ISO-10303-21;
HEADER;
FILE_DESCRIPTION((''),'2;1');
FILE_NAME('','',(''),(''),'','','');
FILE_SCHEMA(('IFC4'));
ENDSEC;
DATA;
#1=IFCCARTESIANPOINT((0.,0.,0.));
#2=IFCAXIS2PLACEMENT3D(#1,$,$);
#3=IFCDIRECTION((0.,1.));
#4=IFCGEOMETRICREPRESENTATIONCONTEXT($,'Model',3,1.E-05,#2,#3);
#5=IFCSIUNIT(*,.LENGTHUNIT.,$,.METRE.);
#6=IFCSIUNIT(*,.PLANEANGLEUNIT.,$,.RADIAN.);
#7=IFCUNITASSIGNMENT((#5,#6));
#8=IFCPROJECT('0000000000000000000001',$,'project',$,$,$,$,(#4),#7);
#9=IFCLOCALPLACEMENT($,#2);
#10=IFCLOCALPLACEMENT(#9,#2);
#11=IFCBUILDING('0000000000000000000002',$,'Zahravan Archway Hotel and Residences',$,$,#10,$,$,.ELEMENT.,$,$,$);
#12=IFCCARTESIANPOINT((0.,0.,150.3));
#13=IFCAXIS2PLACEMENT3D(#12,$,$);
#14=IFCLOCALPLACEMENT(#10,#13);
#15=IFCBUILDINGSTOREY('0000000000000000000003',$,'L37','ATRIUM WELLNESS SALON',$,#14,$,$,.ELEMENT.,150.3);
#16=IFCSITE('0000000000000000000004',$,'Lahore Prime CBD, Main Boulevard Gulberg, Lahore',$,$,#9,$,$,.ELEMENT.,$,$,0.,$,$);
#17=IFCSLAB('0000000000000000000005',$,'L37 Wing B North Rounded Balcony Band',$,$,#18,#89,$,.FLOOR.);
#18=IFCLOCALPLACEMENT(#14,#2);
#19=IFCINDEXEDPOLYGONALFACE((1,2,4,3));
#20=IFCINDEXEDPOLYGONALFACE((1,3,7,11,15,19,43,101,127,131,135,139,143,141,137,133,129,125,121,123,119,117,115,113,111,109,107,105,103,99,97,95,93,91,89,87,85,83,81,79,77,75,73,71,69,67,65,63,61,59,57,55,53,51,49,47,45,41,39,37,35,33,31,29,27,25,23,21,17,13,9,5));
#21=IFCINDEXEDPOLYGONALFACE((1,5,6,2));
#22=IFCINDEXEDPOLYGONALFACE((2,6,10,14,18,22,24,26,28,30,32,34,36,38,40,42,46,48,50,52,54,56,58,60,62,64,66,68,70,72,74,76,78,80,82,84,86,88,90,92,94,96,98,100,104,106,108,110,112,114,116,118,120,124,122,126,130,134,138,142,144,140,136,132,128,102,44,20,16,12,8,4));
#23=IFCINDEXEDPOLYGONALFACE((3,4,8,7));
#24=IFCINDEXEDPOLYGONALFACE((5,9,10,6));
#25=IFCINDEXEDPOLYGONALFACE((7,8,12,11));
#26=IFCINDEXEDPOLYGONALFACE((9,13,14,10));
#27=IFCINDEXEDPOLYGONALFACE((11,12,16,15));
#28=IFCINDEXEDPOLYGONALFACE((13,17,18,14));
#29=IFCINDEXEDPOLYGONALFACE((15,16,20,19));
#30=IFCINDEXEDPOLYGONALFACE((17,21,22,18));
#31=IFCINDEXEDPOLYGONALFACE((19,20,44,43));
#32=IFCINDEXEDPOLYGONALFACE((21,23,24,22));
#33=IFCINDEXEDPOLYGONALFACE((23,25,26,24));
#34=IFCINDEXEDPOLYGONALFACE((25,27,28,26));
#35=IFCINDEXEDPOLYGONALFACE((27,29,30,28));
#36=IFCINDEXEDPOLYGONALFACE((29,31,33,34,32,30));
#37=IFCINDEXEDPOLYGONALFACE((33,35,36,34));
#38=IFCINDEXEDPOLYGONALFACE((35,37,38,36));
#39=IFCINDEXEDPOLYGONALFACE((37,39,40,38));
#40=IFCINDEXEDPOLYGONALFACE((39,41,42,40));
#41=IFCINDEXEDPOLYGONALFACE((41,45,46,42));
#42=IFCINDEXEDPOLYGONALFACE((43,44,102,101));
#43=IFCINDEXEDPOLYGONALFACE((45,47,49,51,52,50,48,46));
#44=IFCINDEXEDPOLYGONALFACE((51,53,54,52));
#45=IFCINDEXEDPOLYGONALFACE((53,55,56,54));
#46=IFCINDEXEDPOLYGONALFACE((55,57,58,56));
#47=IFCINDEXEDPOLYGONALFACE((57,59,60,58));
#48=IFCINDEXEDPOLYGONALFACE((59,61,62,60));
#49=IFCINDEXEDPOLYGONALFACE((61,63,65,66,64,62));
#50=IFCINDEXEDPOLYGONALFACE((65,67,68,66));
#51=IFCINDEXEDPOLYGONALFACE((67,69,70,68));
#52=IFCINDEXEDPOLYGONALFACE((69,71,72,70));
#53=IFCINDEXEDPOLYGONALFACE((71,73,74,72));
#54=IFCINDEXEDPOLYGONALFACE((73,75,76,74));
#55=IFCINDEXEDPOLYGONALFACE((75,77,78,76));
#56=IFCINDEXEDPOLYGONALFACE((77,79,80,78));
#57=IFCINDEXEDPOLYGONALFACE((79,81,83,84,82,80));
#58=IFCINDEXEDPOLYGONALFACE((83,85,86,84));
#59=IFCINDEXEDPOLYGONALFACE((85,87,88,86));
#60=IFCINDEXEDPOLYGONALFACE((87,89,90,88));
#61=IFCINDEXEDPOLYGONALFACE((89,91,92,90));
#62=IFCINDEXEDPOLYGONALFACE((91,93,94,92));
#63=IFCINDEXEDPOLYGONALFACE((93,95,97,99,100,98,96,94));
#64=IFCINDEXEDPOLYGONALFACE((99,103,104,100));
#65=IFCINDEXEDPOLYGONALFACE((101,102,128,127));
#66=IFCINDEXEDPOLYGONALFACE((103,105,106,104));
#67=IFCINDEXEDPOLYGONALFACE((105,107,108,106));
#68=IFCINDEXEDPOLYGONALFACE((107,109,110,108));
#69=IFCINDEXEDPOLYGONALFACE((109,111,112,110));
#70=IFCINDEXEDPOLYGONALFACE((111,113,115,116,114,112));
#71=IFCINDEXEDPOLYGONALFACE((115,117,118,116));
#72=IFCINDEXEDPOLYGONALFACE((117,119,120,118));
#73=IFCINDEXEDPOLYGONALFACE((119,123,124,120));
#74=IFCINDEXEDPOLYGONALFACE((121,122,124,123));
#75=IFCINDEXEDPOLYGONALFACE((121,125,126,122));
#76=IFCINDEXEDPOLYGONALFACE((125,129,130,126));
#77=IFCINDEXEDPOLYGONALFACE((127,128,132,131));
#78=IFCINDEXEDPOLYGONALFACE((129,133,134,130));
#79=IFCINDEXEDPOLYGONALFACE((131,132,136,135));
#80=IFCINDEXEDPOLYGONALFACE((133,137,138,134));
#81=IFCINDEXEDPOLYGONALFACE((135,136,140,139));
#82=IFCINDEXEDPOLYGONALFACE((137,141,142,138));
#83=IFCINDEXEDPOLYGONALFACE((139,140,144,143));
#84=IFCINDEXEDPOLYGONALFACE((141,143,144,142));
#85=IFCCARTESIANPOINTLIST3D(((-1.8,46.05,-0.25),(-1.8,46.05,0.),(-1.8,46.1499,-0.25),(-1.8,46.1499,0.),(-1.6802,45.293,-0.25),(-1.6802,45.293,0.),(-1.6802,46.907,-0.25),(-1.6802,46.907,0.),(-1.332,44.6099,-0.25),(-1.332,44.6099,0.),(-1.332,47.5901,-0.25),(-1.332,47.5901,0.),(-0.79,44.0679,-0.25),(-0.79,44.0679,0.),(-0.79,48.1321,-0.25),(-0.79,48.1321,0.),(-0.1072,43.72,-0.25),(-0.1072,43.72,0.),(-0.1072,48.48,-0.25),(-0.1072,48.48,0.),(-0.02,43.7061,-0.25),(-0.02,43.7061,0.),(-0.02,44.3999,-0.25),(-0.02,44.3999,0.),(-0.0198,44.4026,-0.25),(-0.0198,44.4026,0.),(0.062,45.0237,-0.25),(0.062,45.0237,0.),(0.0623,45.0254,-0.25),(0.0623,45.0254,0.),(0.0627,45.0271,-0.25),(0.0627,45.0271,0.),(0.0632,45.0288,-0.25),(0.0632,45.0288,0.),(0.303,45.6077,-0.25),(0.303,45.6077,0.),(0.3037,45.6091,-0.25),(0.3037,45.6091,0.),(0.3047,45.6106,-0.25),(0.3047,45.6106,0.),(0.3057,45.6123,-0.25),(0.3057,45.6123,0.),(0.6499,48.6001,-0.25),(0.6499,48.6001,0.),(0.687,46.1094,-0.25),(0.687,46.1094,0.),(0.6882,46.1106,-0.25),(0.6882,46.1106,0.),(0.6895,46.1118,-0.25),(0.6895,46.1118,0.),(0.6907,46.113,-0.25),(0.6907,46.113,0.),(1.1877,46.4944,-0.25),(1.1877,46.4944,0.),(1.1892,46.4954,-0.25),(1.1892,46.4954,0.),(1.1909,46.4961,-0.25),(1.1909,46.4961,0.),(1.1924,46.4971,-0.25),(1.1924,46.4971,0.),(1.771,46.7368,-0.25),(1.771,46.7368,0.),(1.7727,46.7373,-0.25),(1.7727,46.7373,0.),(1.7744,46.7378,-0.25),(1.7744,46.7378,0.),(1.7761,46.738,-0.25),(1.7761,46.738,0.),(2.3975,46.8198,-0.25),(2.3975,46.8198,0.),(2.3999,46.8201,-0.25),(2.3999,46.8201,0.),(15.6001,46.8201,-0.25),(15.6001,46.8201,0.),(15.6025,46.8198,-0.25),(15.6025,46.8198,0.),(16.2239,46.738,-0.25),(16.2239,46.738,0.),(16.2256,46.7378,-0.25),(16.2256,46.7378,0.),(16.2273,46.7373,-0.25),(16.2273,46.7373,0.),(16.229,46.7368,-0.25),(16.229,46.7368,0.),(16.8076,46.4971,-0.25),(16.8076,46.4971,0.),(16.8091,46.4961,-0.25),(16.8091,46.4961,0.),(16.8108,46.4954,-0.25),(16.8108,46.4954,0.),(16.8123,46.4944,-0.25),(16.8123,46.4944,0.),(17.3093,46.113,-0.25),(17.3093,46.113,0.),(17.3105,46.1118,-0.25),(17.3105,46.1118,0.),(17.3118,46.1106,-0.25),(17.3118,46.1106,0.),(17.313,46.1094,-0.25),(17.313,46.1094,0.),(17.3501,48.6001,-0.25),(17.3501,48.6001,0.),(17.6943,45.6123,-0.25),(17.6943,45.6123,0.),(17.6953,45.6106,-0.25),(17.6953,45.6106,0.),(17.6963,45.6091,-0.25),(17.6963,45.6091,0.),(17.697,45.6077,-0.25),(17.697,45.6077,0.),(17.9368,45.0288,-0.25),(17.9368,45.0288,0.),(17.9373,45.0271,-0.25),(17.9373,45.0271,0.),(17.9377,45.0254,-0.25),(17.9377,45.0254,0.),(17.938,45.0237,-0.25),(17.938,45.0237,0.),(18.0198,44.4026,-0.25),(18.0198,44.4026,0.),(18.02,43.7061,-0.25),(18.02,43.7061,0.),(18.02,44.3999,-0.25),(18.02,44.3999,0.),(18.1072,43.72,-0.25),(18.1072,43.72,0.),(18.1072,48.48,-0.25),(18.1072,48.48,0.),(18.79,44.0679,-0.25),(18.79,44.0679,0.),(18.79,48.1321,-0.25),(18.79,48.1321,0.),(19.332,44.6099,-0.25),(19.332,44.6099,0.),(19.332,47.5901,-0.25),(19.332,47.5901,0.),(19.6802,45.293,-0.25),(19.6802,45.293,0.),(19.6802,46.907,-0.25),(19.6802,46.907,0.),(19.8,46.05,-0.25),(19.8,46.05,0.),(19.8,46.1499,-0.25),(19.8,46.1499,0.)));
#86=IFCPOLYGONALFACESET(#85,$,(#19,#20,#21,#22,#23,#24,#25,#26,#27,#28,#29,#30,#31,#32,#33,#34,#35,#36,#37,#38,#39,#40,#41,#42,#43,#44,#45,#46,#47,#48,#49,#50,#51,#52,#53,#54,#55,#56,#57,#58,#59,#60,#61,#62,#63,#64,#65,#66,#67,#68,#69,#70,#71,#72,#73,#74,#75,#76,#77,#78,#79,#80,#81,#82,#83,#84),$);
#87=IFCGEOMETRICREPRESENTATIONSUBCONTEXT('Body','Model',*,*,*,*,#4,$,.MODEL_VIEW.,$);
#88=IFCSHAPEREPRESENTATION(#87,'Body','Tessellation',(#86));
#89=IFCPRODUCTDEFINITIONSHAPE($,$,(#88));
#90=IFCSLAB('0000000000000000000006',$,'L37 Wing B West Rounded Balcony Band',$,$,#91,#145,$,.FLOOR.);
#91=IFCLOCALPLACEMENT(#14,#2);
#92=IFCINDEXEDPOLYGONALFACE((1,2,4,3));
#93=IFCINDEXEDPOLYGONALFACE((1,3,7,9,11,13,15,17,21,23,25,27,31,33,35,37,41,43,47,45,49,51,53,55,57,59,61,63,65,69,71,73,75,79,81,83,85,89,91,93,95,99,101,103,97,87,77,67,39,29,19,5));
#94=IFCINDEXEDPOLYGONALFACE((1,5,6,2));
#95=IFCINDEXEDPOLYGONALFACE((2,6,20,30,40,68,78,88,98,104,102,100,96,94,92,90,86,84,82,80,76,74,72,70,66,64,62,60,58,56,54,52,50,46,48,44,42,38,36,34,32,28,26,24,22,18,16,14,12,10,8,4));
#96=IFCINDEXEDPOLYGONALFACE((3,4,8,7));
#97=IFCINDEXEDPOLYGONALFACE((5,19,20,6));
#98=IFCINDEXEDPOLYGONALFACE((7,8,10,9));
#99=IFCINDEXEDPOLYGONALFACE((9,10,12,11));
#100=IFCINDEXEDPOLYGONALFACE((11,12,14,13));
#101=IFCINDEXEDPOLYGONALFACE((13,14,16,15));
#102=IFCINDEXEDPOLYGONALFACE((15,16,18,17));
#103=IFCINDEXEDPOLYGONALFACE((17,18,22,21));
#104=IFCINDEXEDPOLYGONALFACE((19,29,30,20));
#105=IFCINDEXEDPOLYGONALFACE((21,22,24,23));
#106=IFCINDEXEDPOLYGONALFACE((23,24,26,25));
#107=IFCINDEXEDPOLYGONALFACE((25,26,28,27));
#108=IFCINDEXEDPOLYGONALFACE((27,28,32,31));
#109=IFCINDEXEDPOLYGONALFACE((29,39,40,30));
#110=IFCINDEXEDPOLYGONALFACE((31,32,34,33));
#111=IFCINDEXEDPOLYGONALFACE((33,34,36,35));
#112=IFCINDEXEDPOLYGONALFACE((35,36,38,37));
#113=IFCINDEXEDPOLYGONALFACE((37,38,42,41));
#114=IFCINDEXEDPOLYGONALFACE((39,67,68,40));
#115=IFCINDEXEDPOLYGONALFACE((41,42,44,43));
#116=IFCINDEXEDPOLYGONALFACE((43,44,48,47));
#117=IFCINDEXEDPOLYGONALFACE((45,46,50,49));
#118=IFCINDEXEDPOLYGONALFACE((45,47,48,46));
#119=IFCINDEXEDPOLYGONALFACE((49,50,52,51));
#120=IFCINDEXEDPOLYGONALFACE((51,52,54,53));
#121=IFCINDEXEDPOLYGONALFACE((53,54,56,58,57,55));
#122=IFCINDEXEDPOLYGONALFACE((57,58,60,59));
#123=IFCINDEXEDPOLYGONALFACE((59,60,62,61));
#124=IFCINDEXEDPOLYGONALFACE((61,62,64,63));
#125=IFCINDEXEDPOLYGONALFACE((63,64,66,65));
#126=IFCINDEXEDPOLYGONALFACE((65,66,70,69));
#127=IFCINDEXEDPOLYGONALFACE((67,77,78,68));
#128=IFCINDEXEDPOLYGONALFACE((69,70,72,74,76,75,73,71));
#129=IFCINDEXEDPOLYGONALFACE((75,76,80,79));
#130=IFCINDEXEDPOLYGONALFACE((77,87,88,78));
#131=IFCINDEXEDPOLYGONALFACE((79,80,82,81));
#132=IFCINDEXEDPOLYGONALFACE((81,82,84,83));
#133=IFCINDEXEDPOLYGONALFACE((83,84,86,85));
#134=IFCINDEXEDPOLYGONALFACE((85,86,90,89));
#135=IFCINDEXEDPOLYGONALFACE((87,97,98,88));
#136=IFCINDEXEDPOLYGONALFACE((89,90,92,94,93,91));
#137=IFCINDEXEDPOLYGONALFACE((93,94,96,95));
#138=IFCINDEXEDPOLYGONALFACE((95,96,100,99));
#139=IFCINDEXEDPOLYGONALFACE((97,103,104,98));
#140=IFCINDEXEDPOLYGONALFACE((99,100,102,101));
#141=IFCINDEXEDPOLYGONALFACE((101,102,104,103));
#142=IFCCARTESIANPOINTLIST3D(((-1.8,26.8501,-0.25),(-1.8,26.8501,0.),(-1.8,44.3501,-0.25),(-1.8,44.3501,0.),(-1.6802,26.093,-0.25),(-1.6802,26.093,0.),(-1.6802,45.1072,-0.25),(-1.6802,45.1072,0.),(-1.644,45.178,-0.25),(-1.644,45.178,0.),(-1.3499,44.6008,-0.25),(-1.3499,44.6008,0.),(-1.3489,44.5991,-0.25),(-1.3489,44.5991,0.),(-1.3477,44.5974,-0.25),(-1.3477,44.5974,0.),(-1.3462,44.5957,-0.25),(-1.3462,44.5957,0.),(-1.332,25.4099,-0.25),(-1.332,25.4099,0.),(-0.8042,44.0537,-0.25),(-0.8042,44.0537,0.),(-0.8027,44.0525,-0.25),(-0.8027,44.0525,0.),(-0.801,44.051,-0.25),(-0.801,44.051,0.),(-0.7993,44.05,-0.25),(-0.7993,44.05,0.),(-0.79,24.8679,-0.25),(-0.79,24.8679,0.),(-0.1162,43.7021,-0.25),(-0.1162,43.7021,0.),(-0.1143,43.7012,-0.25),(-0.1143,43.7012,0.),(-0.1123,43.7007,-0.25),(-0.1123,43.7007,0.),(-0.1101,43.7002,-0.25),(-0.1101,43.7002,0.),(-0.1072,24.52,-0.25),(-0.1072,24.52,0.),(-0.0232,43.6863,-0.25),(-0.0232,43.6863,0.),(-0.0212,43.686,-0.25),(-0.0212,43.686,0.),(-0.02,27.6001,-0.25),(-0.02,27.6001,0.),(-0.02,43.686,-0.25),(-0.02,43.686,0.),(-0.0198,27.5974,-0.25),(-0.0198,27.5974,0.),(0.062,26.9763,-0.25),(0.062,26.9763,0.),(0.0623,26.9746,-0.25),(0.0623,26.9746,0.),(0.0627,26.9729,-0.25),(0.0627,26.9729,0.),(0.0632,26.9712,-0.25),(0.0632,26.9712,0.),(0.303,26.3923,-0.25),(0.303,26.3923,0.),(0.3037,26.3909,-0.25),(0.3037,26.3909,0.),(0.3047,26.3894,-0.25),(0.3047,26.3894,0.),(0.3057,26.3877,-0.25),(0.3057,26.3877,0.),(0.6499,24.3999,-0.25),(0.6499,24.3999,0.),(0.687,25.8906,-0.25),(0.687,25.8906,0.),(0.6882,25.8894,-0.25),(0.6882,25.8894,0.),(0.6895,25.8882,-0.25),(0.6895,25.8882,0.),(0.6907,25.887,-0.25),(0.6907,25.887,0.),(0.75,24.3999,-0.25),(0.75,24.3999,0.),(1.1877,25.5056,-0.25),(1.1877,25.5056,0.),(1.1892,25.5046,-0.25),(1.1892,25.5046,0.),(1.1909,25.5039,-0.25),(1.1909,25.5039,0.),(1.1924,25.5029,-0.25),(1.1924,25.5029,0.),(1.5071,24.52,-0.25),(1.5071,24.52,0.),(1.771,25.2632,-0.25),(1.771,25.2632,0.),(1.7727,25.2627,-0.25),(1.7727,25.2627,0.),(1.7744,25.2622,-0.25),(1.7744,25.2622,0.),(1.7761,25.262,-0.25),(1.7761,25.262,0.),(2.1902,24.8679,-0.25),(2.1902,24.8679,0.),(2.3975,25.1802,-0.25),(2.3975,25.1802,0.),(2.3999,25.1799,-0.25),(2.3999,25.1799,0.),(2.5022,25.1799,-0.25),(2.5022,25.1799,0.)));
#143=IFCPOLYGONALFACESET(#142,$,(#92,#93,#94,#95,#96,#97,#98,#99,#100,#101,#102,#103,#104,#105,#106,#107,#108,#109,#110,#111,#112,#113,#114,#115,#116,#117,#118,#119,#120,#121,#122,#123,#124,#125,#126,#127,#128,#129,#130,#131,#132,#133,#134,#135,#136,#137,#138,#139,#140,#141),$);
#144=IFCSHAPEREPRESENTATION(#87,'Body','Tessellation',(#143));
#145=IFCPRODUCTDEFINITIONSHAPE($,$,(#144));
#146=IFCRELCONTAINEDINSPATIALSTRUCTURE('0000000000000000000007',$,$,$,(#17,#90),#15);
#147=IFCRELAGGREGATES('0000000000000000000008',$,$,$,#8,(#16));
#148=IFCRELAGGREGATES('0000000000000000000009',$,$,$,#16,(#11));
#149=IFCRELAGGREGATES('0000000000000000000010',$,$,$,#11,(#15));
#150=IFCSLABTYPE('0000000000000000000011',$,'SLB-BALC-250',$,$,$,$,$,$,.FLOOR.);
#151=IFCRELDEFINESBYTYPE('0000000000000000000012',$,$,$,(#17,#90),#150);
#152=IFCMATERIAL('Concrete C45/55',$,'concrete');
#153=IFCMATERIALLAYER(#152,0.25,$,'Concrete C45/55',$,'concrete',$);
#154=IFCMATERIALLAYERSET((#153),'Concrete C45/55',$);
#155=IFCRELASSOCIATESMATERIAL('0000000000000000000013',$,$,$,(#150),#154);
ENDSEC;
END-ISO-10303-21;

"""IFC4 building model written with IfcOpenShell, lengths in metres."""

from ifc_helpers import new_model, si_unit, direction, frame, origin, place, context, subcontext, project, spatial, polyline, outline, extrude, material, layer, layer_set, type_object, element, save


model = new_model("IFC4")

# Units and contexts
model_context = context("Model", 3, precision=1e-05, world=origin(), true_north=direction((0.0, 1.0)))
body_context = subcontext(model_context, "Body", "Model", "MODEL_VIEW")
ifc_project = project(units=[si_unit("LENGTHUNIT", "METRE"), si_unit("PLANEANGLEUNIT", "RADIAN")], contexts=[model_context])

# Site, building, storey
site_placement = place(None, origin())
site = spatial("IfcSite", under=ifc_project, at=site_placement, Name="Lahore Prime CBD, Main Boulevard Gulberg, Lahore", CompositionType="ELEMENT", RefElevation=0.0)
building_placement = place(site_placement, origin())
building = spatial("IfcBuilding", under=site, at=building_placement, Name="Zahravan Archway Hotel and Residences", CompositionType="ELEMENT")
storey_placement = place(building_placement, frame((0.0, 0.0, 150.3)))
storey = spatial("IfcBuildingStorey", under=building, at=storey_placement, Name="L37", Description="ATRIUM WELLNESS SALON", CompositionType="ELEMENT", Elevation=150.3)

# Slabs
ifc_material_1 = material(Name="Concrete C45/55", Category="concrete")
ifc_layer_1 = layer(ifc_material_1, 0.25, Name="Concrete C45/55", Category="concrete")
ifc_layer_set_1 = layer_set([ifc_layer_1], Name="Concrete C45/55")
slab_type_1 = type_object("IfcSlabType", Name="SLB-BALC-250", PredefinedType="FLOOR", material=ifc_layer_set_1)
slab_1_placement = place(storey_placement, frame((0.0, 0.0, -0.25)))
element("IfcSlab", 1, at=slab_1_placement, inside=storey, type_object=slab_type_1, Name="L37 Wing B North Rounded Balcony Band", PredefinedType="FLOOR", context=body_context, shape_type="SweptSolid", body=[
    extrude(outline(polyline([(-0.1072, 43.72), (-0.79, 44.0679), (-1.332, 44.6099), (-1.6802, 45.293), (-1.8, 46.05), (-1.8, 46.1499), (-1.6802, 46.907), (-1.332, 47.5901), (-0.79, 48.1321), (-0.1072, 48.48), (0.6499, 48.6001), (17.3501, 48.6001), (18.1072, 48.48), (18.79, 48.1321), (19.332, 47.5901), (19.6802, 46.907), (19.8, 46.1499), (19.8, 46.05), (19.6802, 45.293), (19.332, 44.6099), (18.79, 44.0679), (18.1072, 43.72), (18.02, 43.7061), (18.02, 44.3999), (18.0198, 44.4026), (17.938, 45.0237), (17.9377, 45.0254), (17.9373, 45.0271), (17.9368, 45.0288), (17.697, 45.6077), (17.6963, 45.6091), (17.6953, 45.6106), (17.6943, 45.6123), (17.313, 46.1094), (17.3118, 46.1106), (17.3105, 46.1118), (17.3093, 46.113), (16.8123, 46.4944), (16.8108, 46.4954), (16.8091, 46.4961), (16.8076, 46.4971), (16.229, 46.7368), (16.2273, 46.7373), (16.2256, 46.7378), (16.2239, 46.738), (15.6025, 46.8198), (15.6001, 46.8201), (2.3999, 46.8201), (2.3975, 46.8198), (1.7761, 46.738), (1.7744, 46.7378), (1.7727, 46.7373), (1.771, 46.7368), (1.1924, 46.4971), (1.1909, 46.4961), (1.1892, 46.4954), (1.1877, 46.4944), (0.6907, 46.113), (0.6895, 46.1118), (0.6882, 46.1106), (0.687, 46.1094), (0.3057, 45.6123), (0.3047, 45.6106), (0.3037, 45.6091), (0.303, 45.6077), (0.0632, 45.0288), (0.0627, 45.0271), (0.0623, 45.0254), (0.062, 45.0237), (-0.0198, 44.4026), (-0.02, 44.3999), (-0.02, 43.7061), (-0.1072, 43.72)])), origin(), (0.0, 0.0, 1.0), 0.25),
])
slab_2_placement = place(storey_placement, frame((0.0, 0.0, -0.25)))
element("IfcSlab", 2, at=slab_2_placement, inside=storey, type_object=slab_type_1, Name="L37 Wing B West Rounded Balcony Band", PredefinedType="FLOOR", context=body_context, shape_type="SweptSolid", body=[
    extrude(outline(polyline([(2.1902, 24.8679), (1.5071, 24.52), (0.75, 24.3999), (0.6499, 24.3999), (-0.1072, 24.52), (-0.79, 24.8679), (-1.332, 25.4099), (-1.6802, 26.093), (-1.8, 26.8501), (-1.8, 44.3501), (-1.6802, 45.1072), (-1.644, 45.178), (-1.3499, 44.6008), (-1.3489, 44.5991), (-1.3477, 44.5974), (-1.3462, 44.5957), (-0.8042, 44.0537), (-0.8027, 44.0525), (-0.801, 44.051), (-0.7993, 44.05), (-0.1162, 43.7021), (-0.1143, 43.7012), (-0.1123, 43.7007), (-0.1101, 43.7002), (-0.0232, 43.6863), (-0.0212, 43.686), (-0.02, 43.686), (-0.02, 27.6001), (-0.0198, 27.5974), (0.062, 26.9763), (0.0623, 26.9746), (0.0627, 26.9729), (0.0632, 26.9712), (0.303, 26.3923), (0.3037, 26.3909), (0.3047, 26.3894), (0.3057, 26.3877), (0.687, 25.8906), (0.6882, 25.8894), (0.6895, 25.8882), (0.6907, 25.887), (1.1877, 25.5056), (1.1892, 25.5046), (1.1909, 25.5039), (1.1924, 25.5029), (1.771, 25.2632), (1.7727, 25.2627), (1.7744, 25.2622), (1.7761, 25.262), (2.3975, 25.1802), (2.3999, 25.1799), (2.5022, 25.1799), (2.1902, 24.8679)])), origin(), (0.0, 0.0, 1.0), 0.25),
])

save(model, "model.ifc")
